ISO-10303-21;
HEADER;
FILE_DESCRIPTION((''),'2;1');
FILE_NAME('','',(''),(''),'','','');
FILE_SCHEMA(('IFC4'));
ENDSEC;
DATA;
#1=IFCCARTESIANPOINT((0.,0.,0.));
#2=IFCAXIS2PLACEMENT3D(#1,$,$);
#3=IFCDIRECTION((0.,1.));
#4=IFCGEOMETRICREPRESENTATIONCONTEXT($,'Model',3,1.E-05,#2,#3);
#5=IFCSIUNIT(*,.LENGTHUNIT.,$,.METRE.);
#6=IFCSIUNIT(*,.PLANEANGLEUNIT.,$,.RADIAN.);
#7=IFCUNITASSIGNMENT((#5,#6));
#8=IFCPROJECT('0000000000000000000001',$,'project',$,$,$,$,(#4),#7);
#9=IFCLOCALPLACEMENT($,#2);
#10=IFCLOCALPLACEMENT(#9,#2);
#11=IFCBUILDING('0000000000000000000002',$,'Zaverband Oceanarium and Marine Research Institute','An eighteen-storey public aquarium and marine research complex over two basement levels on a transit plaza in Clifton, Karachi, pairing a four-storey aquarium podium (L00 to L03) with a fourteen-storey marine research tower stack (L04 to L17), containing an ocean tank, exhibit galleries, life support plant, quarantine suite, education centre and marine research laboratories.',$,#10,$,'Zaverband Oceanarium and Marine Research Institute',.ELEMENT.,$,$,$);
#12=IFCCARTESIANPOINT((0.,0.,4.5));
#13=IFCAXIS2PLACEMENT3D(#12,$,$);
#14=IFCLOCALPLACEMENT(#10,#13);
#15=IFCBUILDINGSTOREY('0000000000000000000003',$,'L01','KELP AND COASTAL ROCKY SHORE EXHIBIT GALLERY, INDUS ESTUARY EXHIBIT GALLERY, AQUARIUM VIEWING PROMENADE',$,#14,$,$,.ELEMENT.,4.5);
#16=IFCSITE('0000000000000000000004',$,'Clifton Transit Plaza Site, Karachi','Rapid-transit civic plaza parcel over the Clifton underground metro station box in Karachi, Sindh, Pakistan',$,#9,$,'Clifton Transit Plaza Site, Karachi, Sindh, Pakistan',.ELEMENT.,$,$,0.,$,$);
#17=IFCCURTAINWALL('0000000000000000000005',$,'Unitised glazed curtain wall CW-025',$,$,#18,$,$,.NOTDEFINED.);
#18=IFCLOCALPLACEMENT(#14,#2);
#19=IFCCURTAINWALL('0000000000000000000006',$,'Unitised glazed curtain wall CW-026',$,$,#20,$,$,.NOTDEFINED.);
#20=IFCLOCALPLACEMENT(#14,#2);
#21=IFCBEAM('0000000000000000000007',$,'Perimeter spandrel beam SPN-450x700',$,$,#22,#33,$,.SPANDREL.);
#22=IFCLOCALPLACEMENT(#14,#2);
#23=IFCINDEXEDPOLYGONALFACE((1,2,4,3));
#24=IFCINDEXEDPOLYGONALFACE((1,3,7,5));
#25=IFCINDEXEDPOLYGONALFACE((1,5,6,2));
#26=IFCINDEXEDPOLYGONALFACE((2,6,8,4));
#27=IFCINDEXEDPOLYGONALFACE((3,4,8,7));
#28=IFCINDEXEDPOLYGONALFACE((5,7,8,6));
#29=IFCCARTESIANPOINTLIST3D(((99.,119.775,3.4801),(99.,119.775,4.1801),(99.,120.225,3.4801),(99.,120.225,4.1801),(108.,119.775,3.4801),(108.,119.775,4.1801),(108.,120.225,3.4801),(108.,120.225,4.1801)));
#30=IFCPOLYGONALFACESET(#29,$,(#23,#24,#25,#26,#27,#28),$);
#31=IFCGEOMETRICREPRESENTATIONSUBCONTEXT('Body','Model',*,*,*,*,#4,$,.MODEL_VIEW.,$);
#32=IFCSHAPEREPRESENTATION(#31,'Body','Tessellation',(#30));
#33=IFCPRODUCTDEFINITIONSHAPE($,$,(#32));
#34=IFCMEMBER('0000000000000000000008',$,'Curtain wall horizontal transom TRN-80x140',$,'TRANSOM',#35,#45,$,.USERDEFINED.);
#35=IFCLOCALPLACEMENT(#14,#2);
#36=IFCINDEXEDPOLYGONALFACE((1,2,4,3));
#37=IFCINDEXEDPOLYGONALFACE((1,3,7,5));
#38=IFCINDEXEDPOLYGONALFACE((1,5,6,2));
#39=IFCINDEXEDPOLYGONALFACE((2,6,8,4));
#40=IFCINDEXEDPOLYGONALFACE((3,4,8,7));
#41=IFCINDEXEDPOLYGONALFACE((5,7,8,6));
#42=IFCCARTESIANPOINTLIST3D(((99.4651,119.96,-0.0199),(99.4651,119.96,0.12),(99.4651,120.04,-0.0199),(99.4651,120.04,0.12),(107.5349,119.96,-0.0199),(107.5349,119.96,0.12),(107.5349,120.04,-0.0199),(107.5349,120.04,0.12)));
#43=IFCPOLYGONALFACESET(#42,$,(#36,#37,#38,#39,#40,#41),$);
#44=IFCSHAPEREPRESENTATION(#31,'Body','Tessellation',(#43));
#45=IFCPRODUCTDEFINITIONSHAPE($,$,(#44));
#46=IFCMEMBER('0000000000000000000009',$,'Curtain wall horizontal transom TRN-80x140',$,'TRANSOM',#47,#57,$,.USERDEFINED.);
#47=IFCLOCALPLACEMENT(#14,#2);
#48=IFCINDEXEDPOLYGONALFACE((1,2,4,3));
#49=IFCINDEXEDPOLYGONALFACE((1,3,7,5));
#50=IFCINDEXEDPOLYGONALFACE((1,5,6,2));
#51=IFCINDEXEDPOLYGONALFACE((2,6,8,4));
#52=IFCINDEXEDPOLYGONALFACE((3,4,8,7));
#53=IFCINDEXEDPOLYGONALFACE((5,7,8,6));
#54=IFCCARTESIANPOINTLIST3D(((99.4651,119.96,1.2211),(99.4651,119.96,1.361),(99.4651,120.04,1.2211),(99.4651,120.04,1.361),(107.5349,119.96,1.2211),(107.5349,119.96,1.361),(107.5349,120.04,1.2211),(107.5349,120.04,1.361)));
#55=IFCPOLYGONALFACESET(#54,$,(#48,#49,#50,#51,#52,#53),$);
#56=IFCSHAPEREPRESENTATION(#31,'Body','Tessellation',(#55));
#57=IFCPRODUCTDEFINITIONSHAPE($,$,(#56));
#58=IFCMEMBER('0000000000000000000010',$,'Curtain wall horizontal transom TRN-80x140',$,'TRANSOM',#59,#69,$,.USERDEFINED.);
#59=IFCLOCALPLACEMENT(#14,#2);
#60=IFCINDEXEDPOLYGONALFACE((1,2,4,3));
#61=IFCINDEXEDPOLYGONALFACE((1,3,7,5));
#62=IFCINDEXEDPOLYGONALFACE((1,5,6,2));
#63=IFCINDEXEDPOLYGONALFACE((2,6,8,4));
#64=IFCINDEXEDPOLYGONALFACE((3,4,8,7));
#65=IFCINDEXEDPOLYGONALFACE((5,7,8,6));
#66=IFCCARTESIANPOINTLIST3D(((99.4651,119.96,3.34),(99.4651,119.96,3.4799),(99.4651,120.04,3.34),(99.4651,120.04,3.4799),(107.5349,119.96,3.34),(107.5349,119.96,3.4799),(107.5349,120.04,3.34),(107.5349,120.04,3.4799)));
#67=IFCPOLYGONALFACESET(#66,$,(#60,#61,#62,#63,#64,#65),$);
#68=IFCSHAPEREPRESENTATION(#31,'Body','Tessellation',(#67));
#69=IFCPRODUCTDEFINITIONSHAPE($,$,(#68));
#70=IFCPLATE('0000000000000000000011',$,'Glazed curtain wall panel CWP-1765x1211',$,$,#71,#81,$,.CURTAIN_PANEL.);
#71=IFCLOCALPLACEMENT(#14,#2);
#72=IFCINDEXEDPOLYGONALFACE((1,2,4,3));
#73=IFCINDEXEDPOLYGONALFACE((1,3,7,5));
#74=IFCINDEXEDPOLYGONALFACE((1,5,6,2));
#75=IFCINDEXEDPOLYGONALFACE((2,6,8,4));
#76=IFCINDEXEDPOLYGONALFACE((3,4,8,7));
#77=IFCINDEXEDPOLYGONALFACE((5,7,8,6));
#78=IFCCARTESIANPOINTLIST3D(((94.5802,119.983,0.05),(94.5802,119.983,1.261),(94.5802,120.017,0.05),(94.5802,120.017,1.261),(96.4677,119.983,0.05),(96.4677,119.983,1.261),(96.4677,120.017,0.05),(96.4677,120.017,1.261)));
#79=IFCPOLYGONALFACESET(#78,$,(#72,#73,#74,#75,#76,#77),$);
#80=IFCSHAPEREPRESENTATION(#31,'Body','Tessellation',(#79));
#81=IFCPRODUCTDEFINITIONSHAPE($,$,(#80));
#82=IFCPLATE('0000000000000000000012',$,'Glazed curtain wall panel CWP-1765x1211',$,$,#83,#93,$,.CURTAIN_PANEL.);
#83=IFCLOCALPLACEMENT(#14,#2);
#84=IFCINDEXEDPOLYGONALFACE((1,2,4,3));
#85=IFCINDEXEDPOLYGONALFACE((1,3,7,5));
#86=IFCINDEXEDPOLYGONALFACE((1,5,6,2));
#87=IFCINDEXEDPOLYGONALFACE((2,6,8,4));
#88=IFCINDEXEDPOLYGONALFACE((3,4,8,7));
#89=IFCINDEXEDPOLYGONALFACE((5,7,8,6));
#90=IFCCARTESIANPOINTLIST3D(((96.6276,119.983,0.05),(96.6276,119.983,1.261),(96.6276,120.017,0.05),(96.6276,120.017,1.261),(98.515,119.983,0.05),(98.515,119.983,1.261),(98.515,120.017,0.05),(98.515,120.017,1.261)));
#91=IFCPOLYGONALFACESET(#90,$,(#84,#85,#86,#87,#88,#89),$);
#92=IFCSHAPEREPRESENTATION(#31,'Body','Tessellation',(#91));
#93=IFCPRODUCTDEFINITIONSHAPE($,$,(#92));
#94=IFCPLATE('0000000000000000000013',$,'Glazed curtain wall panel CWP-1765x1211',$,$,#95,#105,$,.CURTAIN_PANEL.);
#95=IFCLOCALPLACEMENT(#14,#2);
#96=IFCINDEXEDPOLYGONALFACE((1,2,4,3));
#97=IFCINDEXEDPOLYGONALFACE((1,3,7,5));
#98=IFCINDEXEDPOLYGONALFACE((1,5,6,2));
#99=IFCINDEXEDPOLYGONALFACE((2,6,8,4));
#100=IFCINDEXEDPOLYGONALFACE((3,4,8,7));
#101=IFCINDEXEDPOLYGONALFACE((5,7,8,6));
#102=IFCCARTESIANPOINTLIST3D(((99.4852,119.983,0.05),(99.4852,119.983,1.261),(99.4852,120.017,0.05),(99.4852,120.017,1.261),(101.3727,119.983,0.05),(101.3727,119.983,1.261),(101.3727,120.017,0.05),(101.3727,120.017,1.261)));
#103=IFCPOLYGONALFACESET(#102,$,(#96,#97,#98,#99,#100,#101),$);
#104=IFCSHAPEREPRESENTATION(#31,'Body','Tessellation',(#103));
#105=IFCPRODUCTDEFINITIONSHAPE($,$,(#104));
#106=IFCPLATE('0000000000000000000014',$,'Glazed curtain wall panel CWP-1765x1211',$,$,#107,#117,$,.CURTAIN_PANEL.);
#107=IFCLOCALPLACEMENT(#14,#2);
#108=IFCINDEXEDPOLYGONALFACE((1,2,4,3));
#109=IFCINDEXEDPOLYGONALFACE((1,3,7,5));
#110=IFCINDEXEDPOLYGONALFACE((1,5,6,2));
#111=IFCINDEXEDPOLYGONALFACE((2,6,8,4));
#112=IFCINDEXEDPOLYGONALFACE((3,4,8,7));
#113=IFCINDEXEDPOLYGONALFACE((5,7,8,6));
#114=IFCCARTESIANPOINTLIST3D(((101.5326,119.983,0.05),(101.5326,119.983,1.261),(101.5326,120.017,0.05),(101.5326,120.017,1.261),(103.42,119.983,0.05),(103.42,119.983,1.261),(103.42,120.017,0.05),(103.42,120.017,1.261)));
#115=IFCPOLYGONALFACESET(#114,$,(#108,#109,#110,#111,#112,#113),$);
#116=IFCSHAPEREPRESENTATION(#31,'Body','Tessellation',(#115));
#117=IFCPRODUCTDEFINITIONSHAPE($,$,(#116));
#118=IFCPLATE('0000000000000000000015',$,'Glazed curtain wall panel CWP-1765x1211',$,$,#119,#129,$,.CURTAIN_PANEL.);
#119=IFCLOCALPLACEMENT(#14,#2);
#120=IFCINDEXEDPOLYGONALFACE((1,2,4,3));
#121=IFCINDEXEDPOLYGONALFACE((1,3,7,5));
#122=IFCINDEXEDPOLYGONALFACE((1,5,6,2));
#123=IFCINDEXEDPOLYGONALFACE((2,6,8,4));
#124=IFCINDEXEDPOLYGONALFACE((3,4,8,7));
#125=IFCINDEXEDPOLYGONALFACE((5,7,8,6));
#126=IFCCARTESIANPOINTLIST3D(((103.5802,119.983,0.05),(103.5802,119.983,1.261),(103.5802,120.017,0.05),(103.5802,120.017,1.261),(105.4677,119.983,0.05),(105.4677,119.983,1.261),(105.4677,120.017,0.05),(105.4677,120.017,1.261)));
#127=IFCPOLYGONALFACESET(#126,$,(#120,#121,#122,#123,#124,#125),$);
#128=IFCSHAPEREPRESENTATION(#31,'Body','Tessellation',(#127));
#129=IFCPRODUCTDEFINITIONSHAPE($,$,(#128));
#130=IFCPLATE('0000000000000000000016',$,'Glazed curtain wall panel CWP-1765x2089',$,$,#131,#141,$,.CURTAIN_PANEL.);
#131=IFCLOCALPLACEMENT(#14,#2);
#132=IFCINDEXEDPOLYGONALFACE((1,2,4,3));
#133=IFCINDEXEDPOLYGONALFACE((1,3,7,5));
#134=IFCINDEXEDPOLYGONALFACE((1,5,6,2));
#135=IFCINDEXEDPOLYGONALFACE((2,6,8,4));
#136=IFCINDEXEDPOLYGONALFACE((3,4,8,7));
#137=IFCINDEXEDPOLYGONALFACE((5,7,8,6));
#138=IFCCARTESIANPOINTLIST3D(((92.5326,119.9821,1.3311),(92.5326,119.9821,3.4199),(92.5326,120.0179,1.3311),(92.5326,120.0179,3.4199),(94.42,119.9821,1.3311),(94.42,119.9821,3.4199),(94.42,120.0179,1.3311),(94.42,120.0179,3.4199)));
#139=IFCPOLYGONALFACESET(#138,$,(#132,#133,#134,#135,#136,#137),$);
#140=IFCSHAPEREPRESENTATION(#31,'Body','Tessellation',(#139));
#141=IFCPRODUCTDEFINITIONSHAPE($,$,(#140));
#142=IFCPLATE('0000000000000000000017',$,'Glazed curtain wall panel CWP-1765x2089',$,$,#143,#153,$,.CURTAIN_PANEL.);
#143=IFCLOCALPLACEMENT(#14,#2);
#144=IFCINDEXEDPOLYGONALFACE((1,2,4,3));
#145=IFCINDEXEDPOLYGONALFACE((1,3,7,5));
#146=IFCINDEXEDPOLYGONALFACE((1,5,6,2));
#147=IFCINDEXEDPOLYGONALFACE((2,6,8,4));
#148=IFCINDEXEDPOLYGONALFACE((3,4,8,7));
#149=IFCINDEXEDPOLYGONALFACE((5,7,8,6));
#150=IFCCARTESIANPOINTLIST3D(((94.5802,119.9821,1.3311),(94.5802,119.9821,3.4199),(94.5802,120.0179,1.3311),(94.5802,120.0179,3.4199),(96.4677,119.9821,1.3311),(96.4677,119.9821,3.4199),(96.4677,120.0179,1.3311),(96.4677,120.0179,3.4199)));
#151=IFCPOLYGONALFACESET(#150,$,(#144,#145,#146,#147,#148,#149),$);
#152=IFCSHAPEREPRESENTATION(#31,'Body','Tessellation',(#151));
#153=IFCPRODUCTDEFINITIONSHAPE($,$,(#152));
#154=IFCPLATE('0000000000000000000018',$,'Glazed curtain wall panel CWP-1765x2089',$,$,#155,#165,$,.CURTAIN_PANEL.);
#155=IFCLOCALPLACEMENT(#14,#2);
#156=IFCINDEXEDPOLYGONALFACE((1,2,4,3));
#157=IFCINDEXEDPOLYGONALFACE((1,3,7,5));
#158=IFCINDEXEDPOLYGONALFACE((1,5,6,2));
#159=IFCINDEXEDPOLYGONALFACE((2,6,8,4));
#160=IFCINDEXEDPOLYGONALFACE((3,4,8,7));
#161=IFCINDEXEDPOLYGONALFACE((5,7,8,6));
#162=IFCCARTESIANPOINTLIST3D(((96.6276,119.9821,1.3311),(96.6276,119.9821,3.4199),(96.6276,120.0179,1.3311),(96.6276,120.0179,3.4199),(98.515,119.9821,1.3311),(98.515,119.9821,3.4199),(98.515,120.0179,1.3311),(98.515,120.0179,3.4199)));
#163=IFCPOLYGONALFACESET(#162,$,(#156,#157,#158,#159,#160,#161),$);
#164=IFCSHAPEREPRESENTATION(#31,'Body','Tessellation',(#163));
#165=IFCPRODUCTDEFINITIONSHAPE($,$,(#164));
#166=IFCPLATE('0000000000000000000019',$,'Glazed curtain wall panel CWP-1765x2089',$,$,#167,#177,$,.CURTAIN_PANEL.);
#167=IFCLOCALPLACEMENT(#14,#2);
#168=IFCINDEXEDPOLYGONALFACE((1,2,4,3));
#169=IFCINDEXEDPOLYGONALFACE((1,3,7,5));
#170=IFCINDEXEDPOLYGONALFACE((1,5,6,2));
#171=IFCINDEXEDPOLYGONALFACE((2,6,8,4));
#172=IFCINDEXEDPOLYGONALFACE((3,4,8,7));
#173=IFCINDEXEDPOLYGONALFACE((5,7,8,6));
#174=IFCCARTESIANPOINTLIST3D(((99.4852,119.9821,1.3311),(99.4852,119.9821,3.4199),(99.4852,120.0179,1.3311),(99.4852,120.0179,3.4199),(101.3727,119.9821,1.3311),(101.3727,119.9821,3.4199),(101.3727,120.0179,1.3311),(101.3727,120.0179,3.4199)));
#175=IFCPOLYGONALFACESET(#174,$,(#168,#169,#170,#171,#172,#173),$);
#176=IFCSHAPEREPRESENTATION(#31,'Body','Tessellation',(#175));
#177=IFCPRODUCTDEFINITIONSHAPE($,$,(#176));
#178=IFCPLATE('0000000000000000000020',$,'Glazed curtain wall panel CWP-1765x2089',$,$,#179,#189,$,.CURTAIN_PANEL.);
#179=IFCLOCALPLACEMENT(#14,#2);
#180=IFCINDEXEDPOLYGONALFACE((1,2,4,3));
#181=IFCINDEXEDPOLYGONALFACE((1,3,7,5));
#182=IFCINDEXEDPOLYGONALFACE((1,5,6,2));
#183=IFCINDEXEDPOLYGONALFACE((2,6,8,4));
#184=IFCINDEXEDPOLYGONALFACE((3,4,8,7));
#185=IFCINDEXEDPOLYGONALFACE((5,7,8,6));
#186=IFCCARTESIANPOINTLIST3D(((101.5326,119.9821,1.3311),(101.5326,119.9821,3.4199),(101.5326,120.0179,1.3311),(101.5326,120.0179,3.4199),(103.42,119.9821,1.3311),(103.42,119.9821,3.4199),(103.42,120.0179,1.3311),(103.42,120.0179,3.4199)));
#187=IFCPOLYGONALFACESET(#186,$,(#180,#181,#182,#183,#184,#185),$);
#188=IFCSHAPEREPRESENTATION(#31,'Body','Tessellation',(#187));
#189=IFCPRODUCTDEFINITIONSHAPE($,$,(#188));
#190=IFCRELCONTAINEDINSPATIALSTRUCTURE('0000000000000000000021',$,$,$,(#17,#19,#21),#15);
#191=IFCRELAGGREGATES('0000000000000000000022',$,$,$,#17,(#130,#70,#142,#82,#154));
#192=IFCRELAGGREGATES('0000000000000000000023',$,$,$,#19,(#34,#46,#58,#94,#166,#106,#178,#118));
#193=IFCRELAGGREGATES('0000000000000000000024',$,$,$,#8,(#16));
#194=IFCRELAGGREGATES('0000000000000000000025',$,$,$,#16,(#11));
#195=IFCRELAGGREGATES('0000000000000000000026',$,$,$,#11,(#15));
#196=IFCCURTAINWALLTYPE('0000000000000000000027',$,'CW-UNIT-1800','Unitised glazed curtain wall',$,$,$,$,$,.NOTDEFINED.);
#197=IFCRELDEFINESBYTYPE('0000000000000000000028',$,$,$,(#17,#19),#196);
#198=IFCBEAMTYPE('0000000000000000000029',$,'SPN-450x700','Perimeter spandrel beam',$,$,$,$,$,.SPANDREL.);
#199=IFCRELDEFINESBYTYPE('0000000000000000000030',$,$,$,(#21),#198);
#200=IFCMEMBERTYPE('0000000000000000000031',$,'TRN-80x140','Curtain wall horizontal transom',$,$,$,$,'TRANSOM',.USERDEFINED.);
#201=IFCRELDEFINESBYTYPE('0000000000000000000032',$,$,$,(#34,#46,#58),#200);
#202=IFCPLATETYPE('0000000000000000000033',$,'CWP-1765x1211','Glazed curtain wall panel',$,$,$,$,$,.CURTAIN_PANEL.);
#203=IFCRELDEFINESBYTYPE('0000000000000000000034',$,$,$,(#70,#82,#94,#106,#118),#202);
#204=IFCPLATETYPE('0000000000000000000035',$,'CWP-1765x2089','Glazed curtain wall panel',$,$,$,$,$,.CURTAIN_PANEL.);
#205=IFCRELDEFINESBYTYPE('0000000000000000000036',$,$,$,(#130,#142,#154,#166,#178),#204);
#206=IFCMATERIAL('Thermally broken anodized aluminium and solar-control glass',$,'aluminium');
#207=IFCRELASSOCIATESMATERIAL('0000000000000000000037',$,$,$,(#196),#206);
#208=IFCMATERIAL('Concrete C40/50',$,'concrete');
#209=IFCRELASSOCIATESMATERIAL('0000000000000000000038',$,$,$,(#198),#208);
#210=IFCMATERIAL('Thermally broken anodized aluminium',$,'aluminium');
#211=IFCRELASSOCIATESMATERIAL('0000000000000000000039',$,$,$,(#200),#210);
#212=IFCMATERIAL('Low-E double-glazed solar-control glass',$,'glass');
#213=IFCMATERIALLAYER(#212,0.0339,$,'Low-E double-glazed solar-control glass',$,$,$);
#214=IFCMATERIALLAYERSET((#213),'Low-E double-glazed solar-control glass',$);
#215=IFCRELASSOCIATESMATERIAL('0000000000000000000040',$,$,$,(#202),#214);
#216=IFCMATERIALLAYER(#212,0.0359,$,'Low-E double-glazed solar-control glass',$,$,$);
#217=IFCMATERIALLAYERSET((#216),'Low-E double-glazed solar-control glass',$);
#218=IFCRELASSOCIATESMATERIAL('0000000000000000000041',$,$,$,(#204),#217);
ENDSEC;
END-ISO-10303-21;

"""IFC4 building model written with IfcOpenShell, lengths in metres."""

from ifc_helpers import new_model, si_unit, direction, frame, frame_2d, origin, origin_2d, place, context, subcontext, project, spatial, rectangle, extrude, material, layer, layer_set, material_profile, profile_set, type_object, element, aggregate, save


model = new_model("IFC4")

# Units and contexts
model_context = context("Model", 3, precision=1e-05, world=origin(), true_north=direction((0.0, 1.0)))
body_context = subcontext(model_context, "Body", "Model", "MODEL_VIEW")
ifc_project = project(units=[si_unit("LENGTHUNIT", "METRE"), si_unit("PLANEANGLEUNIT", "RADIAN")], contexts=[model_context])

# Site, building, storey
site_placement = place(None, origin())
site = spatial("IfcSite", under=ifc_project, at=site_placement, Name="Clifton Transit Plaza Site, Karachi", Description="Rapid-transit civic plaza parcel over the Clifton underground metro station box in Karachi, Sindh, Pakistan", LongName="Clifton Transit Plaza Site, Karachi, Sindh, Pakistan", CompositionType="ELEMENT", RefElevation=0.0)
building_placement = place(site_placement, origin())
building = spatial("IfcBuilding", under=site, at=building_placement, Name="Zaverband Oceanarium and Marine Research Institute", Description="An eighteen-storey public aquarium and marine research complex over two basement levels on a transit plaza in Clifton, Karachi, pairing a four-storey aquarium podium (L00 to L03) with a fourteen-storey marine research tower stack (L04 to L17), containing an ocean tank, exhibit galleries, life support plant, quarantine suite, education centre and marine research laboratories.", LongName="Zaverband Oceanarium and Marine Research Institute", CompositionType="ELEMENT")
storey_placement = place(building_placement, frame((0.0, 0.0, 4.5)))
storey = spatial("IfcBuildingStorey", under=building, at=storey_placement, Name="L01", Description="KELP AND COASTAL ROCKY SHORE EXHIBIT GALLERY, INDUS ESTUARY EXHIBIT GALLERY, AQUARIUM VIEWING PROMENADE", CompositionType="ELEMENT", Elevation=4.5)

# Shared definitions
ifc_material_1 = material(Name="Concrete C40/50", Category="concrete")

# Curtain walls
ifc_material_2 = material(Name="Thermally broken anodized aluminium and solar-control glass", Category="aluminium")
curtain_wall_type = type_object("IfcCurtainWallType", Name="CW-UNIT-1800", Description="Unitised glazed curtain wall", PredefinedType="NOTDEFINED", material=ifc_material_2)
curtain_wall_1_placement = place(storey_placement, origin())
curtain_wall_1 = element("IfcCurtainWall", 1, at=curtain_wall_1_placement, inside=storey, type_object=curtain_wall_type, Name="Unitised glazed curtain wall CW-025", PredefinedType="NOTDEFINED")
ifc_material_3 = material(Name="Thermally broken anodized aluminium", Category="aluminium")
curtain_wall_2_placement = place(storey_placement, origin())
curtain_wall_2 = element("IfcCurtainWall", 2, at=curtain_wall_2_placement, inside=storey, type_object=curtain_wall_type, Name="Unitised glazed curtain wall CW-026", PredefinedType="NOTDEFINED")

# Beam
ifc_material_profile_1 = material_profile(ifc_material_1, rectangle(XDim=0.45, YDim=0.7, at=origin_2d()), Name="RC450x700")
ifc_profile_set_1 = profile_set([ifc_material_profile_1], Name="Concrete C40/50")
beam_type_1 = type_object("IfcBeamType", Name="SPN-450x700", Description="Perimeter spandrel beam", PredefinedType="SPANDREL", material=ifc_profile_set_1)
beam_placement = place(storey_placement, frame((99.0, 120.0, 3.8301), z_axis=(1.0, 0.0, 0.0), x_axis=(0.0, 1.0, 0.0)))
element("IfcBeam", 3, at=beam_placement, inside=storey, type_object=beam_type_1, Name="Perimeter spandrel beam SPN-450x700", PredefinedType="SPANDREL", context=body_context, shape_type="SweptSolid", body=[
    extrude(rectangle(XDim=0.45, YDim=0.7, at=origin_2d()), origin(), (0.0, 0.0, 1.0), 9.0),
])

# Members
ifc_material_profile_2 = material_profile(ifc_material_3, rectangle(XDim=0.0801, YDim=0.1399, at=origin_2d()), Name="AL-TRN-80x140")
ifc_profile_set_2 = profile_set([ifc_material_profile_2], Name="Thermally broken anodized aluminium")
member_type_1 = type_object("IfcMemberType", Name="TRN-80x140", Description="Curtain wall horizontal transom", ElementType="TRANSOM", PredefinedType="USERDEFINED", material=ifc_profile_set_2)
member_1_placement = place(storey_placement, frame((99.4651, 120.0, 0.05), z_axis=(1.0, 0.0, 0.0), x_axis=(0.0, 1.0, 0.0)))
member_1 = element("IfcMember", 4, at=member_1_placement, type_object=member_type_1, Name="Curtain wall horizontal transom TRN-80x140", ObjectType="TRANSOM", PredefinedType="USERDEFINED", context=body_context, shape_type="SweptSolid", body=[
    extrude(rectangle(XDim=0.0801, YDim=0.1399, at=origin_2d()), origin(), (0.0, 0.0, 1.0), 8.0698),
])
member_2_placement = place(storey_placement, frame((99.4651, 120.0, 1.291), z_axis=(1.0, 0.0, 0.0), x_axis=(0.0, 1.0, 0.0)))
member_2 = element("IfcMember", 5, at=member_2_placement, type_object=member_type_1, Name="Curtain wall horizontal transom TRN-80x140", ObjectType="TRANSOM", PredefinedType="USERDEFINED", context=body_context, shape_type="SweptSolid", body=[
    extrude(rectangle(XDim=0.0801, YDim=0.1399, at=origin_2d()), origin(), (0.0, 0.0, 1.0), 8.0698),
])
member_3_placement = place(storey_placement, frame((99.4651, 120.0, 3.4099), z_axis=(1.0, 0.0, 0.0), x_axis=(0.0, 1.0, 0.0)))
member_3 = element("IfcMember", 6, at=member_3_placement, type_object=member_type_1, Name="Curtain wall horizontal transom TRN-80x140", ObjectType="TRANSOM", PredefinedType="USERDEFINED", context=body_context, shape_type="SweptSolid", body=[
    extrude(rectangle(XDim=0.0801, YDim=0.1399, at=origin_2d()), origin(), (0.0, 0.0, 1.0), 8.0698),
])

# Plates
ifc_material_4 = material(Name="Low-E double-glazed solar-control glass", Category="glass")
ifc_layer_1 = layer(ifc_material_4, 0.0339, Name="Low-E double-glazed solar-control glass")
ifc_layer_set_1 = layer_set([ifc_layer_1], Name="Low-E double-glazed solar-control glass")
plate_type_1 = type_object("IfcPlateType", Name="CWP-1765x1211", Description="Glazed curtain wall panel", PredefinedType="CURTAIN_PANEL", material=ifc_layer_set_1)
plate_1_placement = place(storey_placement, frame((94.5801, 120.0, 0.05), z_axis=(0.0, 0.0, 1.0), x_axis=(1.0, 0.0, 0.0)))
plate_1 = element("IfcPlate", 7, at=plate_1_placement, type_object=plate_type_1, Name="Glazed curtain wall panel CWP-1765x1211", PredefinedType="CURTAIN_PANEL", context=body_context, shape_type="SweptSolid", body=[
    extrude(rectangle(XDim=1.8875, YDim=0.0339, at=frame_2d((0.9438, 0.0))), origin(), (0.0, 0.0, 1.0), 1.2109),
])
plate_2_placement = place(storey_placement, frame((96.6274, 120.0, 0.05), z_axis=(0.0, 0.0, 1.0), x_axis=(1.0, 0.0, 0.0)))
plate_2 = element("IfcPlate", 8, at=plate_2_placement, type_object=plate_type_1, Name="Glazed curtain wall panel CWP-1765x1211", PredefinedType="CURTAIN_PANEL", context=body_context, shape_type="SweptSolid", body=[
    extrude(rectangle(XDim=1.8875, YDim=0.0339, at=frame_2d((0.9438, 0.0))), origin(), (0.0, 0.0, 1.0), 1.2109),
])
plate_3_placement = place(storey_placement, frame((99.4851, 120.0, 0.05), z_axis=(0.0, 0.0, 1.0), x_axis=(1.0, 0.0, 0.0)))
plate_3 = element("IfcPlate", 9, at=plate_3_placement, type_object=plate_type_1, Name="Glazed curtain wall panel CWP-1765x1211", PredefinedType="CURTAIN_PANEL", context=body_context, shape_type="SweptSolid", body=[
    extrude(rectangle(XDim=1.8875, YDim=0.0339, at=frame_2d((0.9438, 0.0))), origin(), (0.0, 0.0, 1.0), 1.2109),
])
plate_4_placement = place(storey_placement, frame((101.5325, 120.0, 0.05), z_axis=(0.0, 0.0, 1.0), x_axis=(1.0, 0.0, 0.0)))
plate_4 = element("IfcPlate", 10, at=plate_4_placement, type_object=plate_type_1, Name="Glazed curtain wall panel CWP-1765x1211", PredefinedType="CURTAIN_PANEL", context=body_context, shape_type="SweptSolid", body=[
    extrude(rectangle(XDim=1.8875, YDim=0.0339, at=frame_2d((0.9438, 0.0))), origin(), (0.0, 0.0, 1.0), 1.2109),
])
plate_5_placement = place(storey_placement, frame((103.5801, 120.0, 0.05), z_axis=(0.0, 0.0, 1.0), x_axis=(1.0, 0.0, 0.0)))
plate_5 = element("IfcPlate", 11, at=plate_5_placement, type_object=plate_type_1, Name="Glazed curtain wall panel CWP-1765x1211", PredefinedType="CURTAIN_PANEL", context=body_context, shape_type="SweptSolid", body=[
    extrude(rectangle(XDim=1.8875, YDim=0.0339, at=frame_2d((0.9438, 0.0))), origin(), (0.0, 0.0, 1.0), 1.2109),
])
ifc_layer_2 = layer(ifc_material_4, 0.0359, Name="Low-E double-glazed solar-control glass")
ifc_layer_set_2 = layer_set([ifc_layer_2], Name="Low-E double-glazed solar-control glass")
plate_type_2 = type_object("IfcPlateType", Name="CWP-1765x2089", Description="Glazed curtain wall panel", PredefinedType="CURTAIN_PANEL", material=ifc_layer_set_2)
plate_6_placement = place(storey_placement, frame((92.5325, 120.0, 1.3311), z_axis=(0.0, 0.0, 1.0), x_axis=(1.0, 0.0, 0.0)))
plate_6 = element("IfcPlate", 12, at=plate_6_placement, type_object=plate_type_2, Name="Glazed curtain wall panel CWP-1765x2089", PredefinedType="CURTAIN_PANEL", context=body_context, shape_type="SweptSolid", body=[
    extrude(rectangle(XDim=1.8875, YDim=0.0359, at=frame_2d((0.9438, 0.0))), origin(), (0.0, 0.0, 1.0), 2.0889),
])
plate_7_placement = place(storey_placement, frame((94.5801, 120.0, 1.3311), z_axis=(0.0, 0.0, 1.0), x_axis=(1.0, 0.0, 0.0)))
plate_7 = element("IfcPlate", 13, at=plate_7_placement, type_object=plate_type_2, Name="Glazed curtain wall panel CWP-1765x2089", PredefinedType="CURTAIN_PANEL", context=body_context, shape_type="SweptSolid", body=[
    extrude(rectangle(XDim=1.8875, YDim=0.0359, at=frame_2d((0.9438, 0.0))), origin(), (0.0, 0.0, 1.0), 2.0889),
])
plate_8_placement = place(storey_placement, frame((96.6274, 120.0, 1.3311), z_axis=(0.0, 0.0, 1.0), x_axis=(1.0, 0.0, 0.0)))
plate_8 = element("IfcPlate", 14, at=plate_8_placement, type_object=plate_type_2, Name="Glazed curtain wall panel CWP-1765x2089", PredefinedType="CURTAIN_PANEL", context=body_context, shape_type="SweptSolid", body=[
    extrude(rectangle(XDim=1.8875, YDim=0.0359, at=frame_2d((0.9438, 0.0))), origin(), (0.0, 0.0, 1.0), 2.0889),
])
aggregate(curtain_wall_1, [plate_6, plate_1, plate_7, plate_2, plate_8])
plate_9_placement = place(storey_placement, frame((99.4851, 120.0, 1.3311), z_axis=(0.0, 0.0, 1.0), x_axis=(1.0, 0.0, 0.0)))
plate_9 = element("IfcPlate", 15, at=plate_9_placement, type_object=plate_type_2, Name="Glazed curtain wall panel CWP-1765x2089", PredefinedType="CURTAIN_PANEL", context=body_context, shape_type="SweptSolid", body=[
    extrude(rectangle(XDim=1.8875, YDim=0.0359, at=frame_2d((0.9438, 0.0))), origin(), (0.0, 0.0, 1.0), 2.0889),
])
plate_10_placement = place(storey_placement, frame((101.5325, 120.0, 1.3311), z_axis=(0.0, 0.0, 1.0), x_axis=(1.0, 0.0, 0.0)))
plate_10 = element("IfcPlate", 16, at=plate_10_placement, type_object=plate_type_2, Name="Glazed curtain wall panel CWP-1765x2089", PredefinedType="CURTAIN_PANEL", context=body_context, shape_type="SweptSolid", body=[
    extrude(rectangle(XDim=1.8875, YDim=0.0359, at=frame_2d((0.9438, 0.0))), origin(), (0.0, 0.0, 1.0), 2.0889),
])
aggregate(curtain_wall_2, [member_1, member_2, member_3, plate_3, plate_9, plate_4, plate_10, plate_5])

save(model, "model.ifc")
